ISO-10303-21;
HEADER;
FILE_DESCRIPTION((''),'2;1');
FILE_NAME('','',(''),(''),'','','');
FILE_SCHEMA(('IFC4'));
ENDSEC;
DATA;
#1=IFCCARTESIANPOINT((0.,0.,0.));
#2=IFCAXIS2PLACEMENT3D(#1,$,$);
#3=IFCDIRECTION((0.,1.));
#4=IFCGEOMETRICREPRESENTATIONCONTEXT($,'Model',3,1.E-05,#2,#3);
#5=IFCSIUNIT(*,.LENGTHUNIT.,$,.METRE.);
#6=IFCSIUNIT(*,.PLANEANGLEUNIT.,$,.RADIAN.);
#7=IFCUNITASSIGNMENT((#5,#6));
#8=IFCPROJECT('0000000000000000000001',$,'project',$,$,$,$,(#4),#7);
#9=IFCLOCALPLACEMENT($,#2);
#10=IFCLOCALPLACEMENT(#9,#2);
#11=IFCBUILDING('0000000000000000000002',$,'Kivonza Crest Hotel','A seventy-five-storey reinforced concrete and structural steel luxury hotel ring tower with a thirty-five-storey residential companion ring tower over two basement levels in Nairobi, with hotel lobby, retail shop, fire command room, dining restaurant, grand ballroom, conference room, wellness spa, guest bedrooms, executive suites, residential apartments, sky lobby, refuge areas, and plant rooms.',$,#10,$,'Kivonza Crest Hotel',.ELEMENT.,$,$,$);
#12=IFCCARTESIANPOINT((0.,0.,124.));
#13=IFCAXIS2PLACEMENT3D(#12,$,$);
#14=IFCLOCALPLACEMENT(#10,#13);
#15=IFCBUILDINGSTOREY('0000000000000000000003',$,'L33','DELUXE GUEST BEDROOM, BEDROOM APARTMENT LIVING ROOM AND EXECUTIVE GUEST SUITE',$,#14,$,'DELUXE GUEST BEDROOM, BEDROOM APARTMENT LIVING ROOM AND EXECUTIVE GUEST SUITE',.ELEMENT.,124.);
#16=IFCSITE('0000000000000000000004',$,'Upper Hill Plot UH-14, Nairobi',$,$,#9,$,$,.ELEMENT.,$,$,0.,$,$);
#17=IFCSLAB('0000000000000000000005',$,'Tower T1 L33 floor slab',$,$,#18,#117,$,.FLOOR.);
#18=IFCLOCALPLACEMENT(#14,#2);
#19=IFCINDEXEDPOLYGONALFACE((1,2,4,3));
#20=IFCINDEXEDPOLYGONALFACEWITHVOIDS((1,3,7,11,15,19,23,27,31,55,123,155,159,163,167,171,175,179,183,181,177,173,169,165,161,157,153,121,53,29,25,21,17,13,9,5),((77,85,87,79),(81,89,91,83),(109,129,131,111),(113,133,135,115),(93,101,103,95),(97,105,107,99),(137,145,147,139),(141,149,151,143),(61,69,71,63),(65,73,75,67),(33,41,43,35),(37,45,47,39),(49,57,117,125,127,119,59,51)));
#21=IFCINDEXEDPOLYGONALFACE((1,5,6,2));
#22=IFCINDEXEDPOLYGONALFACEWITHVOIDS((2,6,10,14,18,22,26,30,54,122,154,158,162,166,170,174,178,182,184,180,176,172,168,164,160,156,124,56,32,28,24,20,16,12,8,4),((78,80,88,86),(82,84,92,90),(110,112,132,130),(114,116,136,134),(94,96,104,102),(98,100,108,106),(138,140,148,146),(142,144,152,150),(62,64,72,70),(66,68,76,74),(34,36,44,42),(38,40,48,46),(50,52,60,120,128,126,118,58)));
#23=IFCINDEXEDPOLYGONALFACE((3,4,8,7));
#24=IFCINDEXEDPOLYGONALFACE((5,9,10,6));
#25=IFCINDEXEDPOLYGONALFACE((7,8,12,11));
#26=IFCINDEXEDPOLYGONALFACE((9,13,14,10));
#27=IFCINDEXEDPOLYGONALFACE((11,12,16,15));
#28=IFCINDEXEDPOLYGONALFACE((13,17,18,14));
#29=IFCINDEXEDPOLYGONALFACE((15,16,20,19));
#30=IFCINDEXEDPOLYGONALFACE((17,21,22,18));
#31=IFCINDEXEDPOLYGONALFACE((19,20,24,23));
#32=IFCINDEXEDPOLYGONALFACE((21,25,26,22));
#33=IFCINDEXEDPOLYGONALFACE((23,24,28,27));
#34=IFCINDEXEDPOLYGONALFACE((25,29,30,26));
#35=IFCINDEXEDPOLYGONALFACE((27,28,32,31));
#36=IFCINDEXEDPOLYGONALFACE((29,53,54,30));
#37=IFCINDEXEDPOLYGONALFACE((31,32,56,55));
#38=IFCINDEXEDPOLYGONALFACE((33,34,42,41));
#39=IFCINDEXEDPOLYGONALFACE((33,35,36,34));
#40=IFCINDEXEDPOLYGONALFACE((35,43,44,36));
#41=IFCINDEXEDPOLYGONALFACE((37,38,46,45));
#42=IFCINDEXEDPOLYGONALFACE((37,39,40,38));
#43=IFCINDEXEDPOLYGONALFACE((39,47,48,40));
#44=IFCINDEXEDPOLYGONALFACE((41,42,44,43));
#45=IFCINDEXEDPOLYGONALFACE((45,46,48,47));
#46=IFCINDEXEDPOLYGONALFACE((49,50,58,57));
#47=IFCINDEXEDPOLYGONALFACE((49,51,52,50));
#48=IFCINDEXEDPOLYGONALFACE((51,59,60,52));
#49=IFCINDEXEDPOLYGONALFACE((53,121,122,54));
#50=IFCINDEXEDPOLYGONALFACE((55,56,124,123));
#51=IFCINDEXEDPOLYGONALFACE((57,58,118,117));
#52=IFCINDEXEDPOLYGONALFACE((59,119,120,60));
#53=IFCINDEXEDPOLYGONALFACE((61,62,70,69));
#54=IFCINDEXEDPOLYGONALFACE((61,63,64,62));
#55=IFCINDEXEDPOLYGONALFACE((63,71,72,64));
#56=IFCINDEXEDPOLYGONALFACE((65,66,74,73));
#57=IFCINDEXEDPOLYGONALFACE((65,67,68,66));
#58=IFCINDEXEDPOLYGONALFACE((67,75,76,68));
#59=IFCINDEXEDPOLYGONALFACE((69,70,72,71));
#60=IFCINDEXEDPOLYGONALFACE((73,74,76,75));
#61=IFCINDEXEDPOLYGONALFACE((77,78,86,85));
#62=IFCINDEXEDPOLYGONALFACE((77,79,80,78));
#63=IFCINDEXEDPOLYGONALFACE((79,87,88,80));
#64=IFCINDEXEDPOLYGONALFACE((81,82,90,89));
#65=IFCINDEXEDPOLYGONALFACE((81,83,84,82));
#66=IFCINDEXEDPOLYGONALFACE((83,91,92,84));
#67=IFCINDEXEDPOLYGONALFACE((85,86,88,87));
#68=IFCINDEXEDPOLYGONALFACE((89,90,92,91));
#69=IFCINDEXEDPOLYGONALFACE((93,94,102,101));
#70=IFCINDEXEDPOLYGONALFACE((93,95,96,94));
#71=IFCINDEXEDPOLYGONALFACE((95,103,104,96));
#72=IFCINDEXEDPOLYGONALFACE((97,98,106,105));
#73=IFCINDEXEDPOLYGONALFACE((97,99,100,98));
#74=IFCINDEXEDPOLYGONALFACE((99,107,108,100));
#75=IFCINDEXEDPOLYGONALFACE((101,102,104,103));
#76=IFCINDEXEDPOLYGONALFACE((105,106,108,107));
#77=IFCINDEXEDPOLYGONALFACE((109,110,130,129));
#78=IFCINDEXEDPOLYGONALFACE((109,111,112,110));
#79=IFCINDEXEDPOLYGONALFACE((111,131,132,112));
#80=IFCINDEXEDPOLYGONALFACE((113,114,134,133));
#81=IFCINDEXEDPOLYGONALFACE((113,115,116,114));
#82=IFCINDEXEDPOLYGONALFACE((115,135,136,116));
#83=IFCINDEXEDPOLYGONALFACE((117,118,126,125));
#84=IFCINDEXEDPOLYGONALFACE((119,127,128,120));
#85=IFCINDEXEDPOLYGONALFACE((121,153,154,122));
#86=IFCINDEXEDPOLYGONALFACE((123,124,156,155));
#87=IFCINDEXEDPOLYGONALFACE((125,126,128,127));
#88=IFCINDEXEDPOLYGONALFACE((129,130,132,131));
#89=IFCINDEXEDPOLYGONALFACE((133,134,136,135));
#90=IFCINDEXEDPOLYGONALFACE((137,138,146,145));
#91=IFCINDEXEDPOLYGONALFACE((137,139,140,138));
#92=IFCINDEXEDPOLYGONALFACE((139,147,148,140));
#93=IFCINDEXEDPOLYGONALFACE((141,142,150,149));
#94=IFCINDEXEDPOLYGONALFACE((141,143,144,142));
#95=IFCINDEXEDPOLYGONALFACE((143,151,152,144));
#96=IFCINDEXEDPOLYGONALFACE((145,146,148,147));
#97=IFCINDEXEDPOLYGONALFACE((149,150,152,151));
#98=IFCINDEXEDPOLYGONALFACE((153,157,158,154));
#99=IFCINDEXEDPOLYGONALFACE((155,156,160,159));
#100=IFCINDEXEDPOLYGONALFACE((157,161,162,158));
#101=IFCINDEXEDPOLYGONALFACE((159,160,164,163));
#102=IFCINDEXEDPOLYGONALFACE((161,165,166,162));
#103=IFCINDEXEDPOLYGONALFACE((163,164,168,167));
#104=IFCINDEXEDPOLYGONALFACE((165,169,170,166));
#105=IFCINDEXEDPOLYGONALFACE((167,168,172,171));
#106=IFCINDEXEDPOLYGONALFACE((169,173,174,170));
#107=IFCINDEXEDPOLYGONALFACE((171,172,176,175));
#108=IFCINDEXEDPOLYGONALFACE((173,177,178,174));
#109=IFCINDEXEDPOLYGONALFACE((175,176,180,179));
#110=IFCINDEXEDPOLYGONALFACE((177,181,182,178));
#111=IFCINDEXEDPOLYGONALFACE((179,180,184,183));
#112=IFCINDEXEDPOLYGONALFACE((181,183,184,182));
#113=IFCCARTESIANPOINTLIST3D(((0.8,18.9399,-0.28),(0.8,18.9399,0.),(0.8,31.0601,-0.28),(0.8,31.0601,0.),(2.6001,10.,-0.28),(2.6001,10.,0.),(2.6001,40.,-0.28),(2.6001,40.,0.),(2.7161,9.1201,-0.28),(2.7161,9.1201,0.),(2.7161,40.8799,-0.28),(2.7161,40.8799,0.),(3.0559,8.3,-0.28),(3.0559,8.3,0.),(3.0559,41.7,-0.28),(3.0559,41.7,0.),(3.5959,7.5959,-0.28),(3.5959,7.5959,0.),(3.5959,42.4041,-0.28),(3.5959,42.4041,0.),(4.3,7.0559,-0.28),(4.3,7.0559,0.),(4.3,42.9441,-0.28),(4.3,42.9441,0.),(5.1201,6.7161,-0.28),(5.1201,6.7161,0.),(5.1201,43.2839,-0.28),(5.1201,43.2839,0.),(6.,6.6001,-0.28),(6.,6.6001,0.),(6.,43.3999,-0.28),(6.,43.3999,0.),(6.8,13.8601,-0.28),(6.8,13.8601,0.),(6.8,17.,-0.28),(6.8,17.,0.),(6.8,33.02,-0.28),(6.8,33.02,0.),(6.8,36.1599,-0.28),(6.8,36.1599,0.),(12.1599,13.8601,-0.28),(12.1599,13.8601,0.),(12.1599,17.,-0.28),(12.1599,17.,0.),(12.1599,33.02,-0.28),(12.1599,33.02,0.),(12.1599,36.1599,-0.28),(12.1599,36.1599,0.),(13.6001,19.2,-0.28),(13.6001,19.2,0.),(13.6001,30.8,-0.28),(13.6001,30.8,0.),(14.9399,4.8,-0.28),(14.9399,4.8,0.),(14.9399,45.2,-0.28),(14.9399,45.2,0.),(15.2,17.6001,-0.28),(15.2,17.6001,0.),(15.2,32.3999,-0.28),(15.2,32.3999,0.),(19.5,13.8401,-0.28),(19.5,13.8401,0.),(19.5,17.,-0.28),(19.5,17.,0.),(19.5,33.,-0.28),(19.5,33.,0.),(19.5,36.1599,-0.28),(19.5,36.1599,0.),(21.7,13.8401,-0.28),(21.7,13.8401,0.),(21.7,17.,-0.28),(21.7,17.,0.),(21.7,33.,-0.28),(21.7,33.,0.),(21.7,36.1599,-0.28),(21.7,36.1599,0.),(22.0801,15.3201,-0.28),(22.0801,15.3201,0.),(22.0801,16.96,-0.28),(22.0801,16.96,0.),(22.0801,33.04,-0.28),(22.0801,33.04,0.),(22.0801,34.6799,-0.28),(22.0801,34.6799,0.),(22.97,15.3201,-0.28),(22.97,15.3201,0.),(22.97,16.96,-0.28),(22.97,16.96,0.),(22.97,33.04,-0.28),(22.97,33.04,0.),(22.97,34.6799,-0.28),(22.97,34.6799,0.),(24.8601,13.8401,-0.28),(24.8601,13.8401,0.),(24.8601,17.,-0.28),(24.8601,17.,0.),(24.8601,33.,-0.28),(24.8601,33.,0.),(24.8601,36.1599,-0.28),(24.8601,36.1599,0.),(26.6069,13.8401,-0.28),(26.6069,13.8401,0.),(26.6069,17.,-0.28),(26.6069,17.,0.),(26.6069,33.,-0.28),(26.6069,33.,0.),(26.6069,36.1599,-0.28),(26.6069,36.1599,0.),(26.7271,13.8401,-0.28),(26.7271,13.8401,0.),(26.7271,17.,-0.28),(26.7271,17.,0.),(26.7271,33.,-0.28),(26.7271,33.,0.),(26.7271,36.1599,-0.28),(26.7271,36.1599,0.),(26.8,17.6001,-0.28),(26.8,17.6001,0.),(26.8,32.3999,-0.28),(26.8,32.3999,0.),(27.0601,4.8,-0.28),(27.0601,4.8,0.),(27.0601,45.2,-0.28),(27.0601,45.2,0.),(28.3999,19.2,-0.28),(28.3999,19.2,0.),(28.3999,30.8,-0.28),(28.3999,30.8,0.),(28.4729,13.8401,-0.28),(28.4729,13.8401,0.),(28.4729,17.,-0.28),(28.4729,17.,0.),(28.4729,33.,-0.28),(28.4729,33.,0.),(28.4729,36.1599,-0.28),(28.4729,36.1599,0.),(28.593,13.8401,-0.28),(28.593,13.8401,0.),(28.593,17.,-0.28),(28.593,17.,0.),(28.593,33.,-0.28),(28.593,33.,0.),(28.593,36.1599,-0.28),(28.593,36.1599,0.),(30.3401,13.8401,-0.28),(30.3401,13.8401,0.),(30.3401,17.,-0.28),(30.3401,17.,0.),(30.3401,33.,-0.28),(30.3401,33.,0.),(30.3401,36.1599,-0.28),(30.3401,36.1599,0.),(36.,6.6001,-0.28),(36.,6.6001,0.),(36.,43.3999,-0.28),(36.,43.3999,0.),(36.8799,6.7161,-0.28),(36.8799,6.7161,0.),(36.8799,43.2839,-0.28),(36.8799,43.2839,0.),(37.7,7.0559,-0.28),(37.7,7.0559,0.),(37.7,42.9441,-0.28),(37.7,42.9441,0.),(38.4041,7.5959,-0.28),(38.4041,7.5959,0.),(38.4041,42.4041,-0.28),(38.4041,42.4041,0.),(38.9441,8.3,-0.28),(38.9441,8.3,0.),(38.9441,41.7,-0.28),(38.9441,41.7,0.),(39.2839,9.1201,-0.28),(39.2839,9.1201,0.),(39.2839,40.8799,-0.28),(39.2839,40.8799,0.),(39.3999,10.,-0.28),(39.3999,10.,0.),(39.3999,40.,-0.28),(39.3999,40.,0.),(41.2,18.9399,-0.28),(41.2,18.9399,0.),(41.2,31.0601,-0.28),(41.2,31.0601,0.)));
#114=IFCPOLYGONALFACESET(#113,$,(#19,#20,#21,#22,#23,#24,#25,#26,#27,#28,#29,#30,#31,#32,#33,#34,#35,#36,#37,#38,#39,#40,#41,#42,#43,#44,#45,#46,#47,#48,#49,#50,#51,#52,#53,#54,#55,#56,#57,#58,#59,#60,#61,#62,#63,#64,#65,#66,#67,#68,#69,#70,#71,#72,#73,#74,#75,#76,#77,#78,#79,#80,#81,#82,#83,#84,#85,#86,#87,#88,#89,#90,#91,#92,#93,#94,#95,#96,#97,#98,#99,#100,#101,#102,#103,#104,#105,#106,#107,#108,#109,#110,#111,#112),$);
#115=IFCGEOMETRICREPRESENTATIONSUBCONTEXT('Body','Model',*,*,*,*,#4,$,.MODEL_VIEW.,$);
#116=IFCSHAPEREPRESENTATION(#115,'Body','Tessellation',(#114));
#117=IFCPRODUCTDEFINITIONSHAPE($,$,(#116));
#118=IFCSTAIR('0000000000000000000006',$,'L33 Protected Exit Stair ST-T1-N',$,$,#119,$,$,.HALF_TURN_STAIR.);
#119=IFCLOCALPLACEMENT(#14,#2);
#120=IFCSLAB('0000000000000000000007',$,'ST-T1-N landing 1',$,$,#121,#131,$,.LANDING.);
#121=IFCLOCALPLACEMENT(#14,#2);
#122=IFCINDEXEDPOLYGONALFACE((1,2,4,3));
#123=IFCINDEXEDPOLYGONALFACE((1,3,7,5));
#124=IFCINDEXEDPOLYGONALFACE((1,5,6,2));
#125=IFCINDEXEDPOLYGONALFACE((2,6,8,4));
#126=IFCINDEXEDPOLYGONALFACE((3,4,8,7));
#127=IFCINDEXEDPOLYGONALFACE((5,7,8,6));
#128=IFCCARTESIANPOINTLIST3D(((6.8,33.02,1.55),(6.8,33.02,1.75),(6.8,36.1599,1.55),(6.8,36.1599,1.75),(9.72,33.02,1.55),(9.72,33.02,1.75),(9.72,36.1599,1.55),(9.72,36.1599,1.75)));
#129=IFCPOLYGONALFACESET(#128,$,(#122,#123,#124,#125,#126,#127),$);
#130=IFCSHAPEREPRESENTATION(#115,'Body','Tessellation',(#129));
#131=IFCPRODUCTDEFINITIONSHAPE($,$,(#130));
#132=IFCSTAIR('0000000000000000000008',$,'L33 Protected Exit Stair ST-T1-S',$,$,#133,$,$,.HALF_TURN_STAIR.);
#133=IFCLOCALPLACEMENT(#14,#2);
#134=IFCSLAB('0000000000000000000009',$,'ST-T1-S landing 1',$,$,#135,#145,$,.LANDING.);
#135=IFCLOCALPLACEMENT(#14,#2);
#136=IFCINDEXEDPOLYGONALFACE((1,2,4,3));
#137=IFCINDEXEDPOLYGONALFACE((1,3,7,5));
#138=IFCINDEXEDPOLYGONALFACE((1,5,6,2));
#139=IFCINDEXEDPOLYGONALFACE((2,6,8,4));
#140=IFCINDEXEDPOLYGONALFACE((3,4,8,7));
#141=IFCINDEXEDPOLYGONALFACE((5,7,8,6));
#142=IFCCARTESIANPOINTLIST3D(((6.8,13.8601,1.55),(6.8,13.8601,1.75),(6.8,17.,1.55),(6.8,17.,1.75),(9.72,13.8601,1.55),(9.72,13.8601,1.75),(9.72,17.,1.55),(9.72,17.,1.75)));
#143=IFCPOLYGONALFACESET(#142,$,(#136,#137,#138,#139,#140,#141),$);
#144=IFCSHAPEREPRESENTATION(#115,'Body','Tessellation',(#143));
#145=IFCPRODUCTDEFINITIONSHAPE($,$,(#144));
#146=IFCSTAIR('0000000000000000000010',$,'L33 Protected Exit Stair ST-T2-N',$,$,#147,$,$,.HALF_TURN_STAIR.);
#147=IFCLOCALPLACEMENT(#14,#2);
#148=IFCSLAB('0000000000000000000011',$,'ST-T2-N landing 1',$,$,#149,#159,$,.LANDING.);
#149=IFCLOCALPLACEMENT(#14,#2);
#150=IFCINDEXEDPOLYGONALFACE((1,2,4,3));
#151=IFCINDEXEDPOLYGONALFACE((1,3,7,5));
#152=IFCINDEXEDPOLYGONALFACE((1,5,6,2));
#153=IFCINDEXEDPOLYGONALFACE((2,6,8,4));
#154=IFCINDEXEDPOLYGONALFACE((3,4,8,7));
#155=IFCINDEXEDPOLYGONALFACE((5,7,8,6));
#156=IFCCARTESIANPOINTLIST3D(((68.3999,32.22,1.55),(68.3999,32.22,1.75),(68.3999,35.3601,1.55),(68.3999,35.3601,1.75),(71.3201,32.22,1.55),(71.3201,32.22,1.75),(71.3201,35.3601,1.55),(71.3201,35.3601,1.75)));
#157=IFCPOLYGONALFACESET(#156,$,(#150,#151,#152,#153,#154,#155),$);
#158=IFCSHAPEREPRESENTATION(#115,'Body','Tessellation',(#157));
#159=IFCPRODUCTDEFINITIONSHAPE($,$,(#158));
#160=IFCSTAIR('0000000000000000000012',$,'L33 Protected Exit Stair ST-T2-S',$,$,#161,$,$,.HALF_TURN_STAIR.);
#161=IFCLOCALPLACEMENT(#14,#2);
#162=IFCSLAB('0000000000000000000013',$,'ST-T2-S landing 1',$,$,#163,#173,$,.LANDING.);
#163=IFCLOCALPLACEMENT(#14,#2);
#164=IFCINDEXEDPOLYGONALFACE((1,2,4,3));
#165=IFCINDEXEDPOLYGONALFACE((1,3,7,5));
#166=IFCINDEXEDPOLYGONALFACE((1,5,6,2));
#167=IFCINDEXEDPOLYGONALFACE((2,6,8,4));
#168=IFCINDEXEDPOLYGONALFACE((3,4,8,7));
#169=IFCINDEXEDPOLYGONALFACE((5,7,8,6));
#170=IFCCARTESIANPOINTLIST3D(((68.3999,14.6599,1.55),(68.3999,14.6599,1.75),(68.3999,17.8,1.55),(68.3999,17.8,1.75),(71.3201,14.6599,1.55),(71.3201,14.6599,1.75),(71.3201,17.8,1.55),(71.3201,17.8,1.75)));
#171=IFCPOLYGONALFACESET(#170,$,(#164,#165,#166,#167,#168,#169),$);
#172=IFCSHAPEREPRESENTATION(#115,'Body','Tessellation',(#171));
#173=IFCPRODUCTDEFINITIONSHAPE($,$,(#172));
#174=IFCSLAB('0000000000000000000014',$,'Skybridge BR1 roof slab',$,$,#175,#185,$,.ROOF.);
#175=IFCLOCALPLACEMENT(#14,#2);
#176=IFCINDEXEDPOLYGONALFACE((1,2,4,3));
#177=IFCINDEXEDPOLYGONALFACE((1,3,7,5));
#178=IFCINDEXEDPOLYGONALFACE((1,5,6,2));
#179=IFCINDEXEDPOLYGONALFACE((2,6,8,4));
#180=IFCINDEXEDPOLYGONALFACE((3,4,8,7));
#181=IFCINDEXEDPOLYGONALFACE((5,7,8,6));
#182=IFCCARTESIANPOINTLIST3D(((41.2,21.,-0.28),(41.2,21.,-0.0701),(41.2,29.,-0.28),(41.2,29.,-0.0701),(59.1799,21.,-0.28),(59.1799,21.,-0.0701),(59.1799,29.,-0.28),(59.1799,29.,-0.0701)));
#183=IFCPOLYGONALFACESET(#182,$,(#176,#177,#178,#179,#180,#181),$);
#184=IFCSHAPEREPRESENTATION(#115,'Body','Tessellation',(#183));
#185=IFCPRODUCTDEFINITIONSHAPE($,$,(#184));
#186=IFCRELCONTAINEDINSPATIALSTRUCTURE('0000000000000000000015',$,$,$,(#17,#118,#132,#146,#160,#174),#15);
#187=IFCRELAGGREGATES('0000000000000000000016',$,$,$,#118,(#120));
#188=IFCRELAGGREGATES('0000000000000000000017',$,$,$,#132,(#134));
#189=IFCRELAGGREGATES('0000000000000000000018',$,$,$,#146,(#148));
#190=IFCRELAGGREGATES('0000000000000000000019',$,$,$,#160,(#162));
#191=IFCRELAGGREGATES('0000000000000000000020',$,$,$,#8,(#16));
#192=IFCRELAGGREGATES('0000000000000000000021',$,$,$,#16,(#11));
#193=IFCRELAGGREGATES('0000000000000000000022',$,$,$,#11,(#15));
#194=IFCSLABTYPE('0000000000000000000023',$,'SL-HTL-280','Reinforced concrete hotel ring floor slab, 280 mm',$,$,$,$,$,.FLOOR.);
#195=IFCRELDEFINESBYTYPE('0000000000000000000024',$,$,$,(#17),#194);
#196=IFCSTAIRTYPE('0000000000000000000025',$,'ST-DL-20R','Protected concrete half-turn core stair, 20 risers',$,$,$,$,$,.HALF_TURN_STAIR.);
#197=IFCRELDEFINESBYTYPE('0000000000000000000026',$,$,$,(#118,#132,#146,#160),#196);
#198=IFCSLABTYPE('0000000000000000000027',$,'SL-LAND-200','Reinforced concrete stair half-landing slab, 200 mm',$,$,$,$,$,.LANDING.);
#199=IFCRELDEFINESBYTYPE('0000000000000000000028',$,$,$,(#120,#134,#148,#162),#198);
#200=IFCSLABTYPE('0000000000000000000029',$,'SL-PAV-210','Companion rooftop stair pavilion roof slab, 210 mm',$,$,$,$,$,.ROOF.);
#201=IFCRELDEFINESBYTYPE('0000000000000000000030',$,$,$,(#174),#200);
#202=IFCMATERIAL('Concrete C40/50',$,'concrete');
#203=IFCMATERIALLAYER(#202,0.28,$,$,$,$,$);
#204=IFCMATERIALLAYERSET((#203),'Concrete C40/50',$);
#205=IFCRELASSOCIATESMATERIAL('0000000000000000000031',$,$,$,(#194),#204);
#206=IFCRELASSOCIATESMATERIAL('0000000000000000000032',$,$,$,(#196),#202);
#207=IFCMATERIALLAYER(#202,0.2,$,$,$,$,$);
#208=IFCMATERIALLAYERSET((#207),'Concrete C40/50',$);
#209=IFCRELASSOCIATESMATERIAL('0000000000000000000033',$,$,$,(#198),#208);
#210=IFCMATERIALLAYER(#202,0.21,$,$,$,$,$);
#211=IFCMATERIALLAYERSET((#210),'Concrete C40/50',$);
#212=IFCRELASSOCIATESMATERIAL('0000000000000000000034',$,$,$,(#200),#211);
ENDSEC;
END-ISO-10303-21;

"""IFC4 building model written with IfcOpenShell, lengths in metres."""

from ifc_helpers import new_model, si_unit, direction, frame, origin, place, context, subcontext, project, spatial, polyline, outline, extrude, material, layer, layer_set, type_object, element, aggregate, save


model = new_model("IFC4")

# Units and contexts
model_context = context("Model", 3, precision=1e-05, world=origin(), true_north=direction((0.0, 1.0)))
body_context = subcontext(model_context, "Body", "Model", "MODEL_VIEW")
ifc_project = project(units=[si_unit("LENGTHUNIT", "METRE"), si_unit("PLANEANGLEUNIT", "RADIAN")], contexts=[model_context])

# Site, building, storey
site_placement = place(None, origin())
site = spatial("IfcSite", under=ifc_project, at=site_placement, Name="Upper Hill Plot UH-14, Nairobi", CompositionType="ELEMENT", RefElevation=0.0)
building_placement = place(site_placement, origin())
building = spatial("IfcBuilding", under=site, at=building_placement, Name="Kivonza Crest Hotel", Description="A seventy-five-storey reinforced concrete and structural steel luxury hotel ring tower with a thirty-five-storey residential companion ring tower over two basement levels in Nairobi, with hotel lobby, retail shop, fire command room, dining restaurant, grand ballroom, conference room, wellness spa, guest bedrooms, executive suites, residential apartments, sky lobby, refuge areas, and plant rooms.", LongName="Kivonza Crest Hotel", CompositionType="ELEMENT")
storey_placement = place(building_placement, frame((0.0, 0.0, 124.0)))
storey = spatial("IfcBuildingStorey", under=building, at=storey_placement, Name="L33", Description="DELUXE GUEST BEDROOM, BEDROOM APARTMENT LIVING ROOM AND EXECUTIVE GUEST SUITE", LongName="DELUXE GUEST BEDROOM, BEDROOM APARTMENT LIVING ROOM AND EXECUTIVE GUEST SUITE", CompositionType="ELEMENT", Elevation=124.0)

# Slab
ifc_material_1 = material(Name="Concrete C40/50", Category="concrete")
ifc_layer_1 = layer(ifc_material_1, 0.28)
ifc_layer_set_1 = layer_set([ifc_layer_1], Name="Concrete C40/50")
slab_type_1 = type_object("IfcSlabType", Name="SL-HTL-280", Description="Reinforced concrete hotel ring floor slab, 280 mm", PredefinedType="FLOOR", material=ifc_layer_set_1)
slab_1_placement = place(storey_placement, frame((0.0, 0.0, -0.28)))
element("IfcSlab", 1, at=slab_1_placement, inside=storey, type_object=slab_type_1, Name="Tower T1 L33 floor slab", PredefinedType="FLOOR", context=body_context, shape_type="SweptSolid", body=[
    extrude(outline(polyline([(2.6001, 10.0), (2.7161, 9.1201), (3.0559, 8.3), (3.5959, 7.5959), (4.3, 7.0559), (5.1201, 6.7161), (6.0, 6.6001), (14.9399, 4.8), (27.0601, 4.8), (36.0, 6.6001), (36.8799, 6.7161), (37.7, 7.0559), (38.4041, 7.5959), (38.9441, 8.3), (39.2839, 9.1201), (39.3999, 10.0), (41.2, 18.9399), (41.2, 31.0601), (39.3999, 40.0), (39.2839, 40.8799), (38.9441, 41.7), (38.4041, 42.4041), (37.7, 42.9441), (36.8799, 43.2839), (36.0, 43.3999), (27.0601, 45.2), (14.9399, 45.2), (6.0, 43.3999), (5.1201, 43.2839), (4.3, 42.9441), (3.5959, 42.4041), (3.0559, 41.7), (2.7161, 40.8799), (2.6001, 40.0), (0.8, 31.0601), (0.8, 18.9399), (2.6001, 10.0)]), holes=[polyline([(15.2, 17.6001), (26.8, 17.6001), (28.3999, 19.2), (28.3999, 30.8), (26.8, 32.3999), (15.2, 32.3999), (13.6001, 30.8), (13.6001, 19.2), (15.2, 17.6001)]), polyline([(6.8, 33.02), (12.1599, 33.02), (12.1599, 36.1599), (6.8, 36.1599), (6.8, 33.02)]), polyline([(6.8, 13.8601), (12.1599, 13.8601), (12.1599, 17.0), (6.8, 17.0), (6.8, 13.8601)]), polyline([(22.0801, 33.04), (22.97, 33.04), (22.97, 34.6799), (22.0801, 34.6799), (22.0801, 33.04)]), polyline([(22.0801, 15.3201), (22.97, 15.3201), (22.97, 16.96), (22.0801, 16.96), (22.0801, 15.3201)]), polyline([(19.5, 33.0), (21.7, 33.0), (21.7, 36.1599), (19.5, 36.1599), (19.5, 33.0)]), polyline([(24.8601, 33.0), (26.6069, 33.0), (26.6069, 36.1599), (24.8601, 36.1599), (24.8601, 33.0)]), polyline([(26.7271, 33.0), (28.4729, 33.0), (28.4729, 36.1599), (26.7271, 36.1599), (26.7271, 33.0)]), polyline([(28.593, 33.0), (30.3401, 33.0), (30.3401, 36.1599), (28.593, 36.1599), (28.593, 33.0)]), polyline([(19.5, 13.8401), (21.7, 13.8401), (21.7, 17.0), (19.5, 17.0), (19.5, 13.8401)]), polyline([(24.8601, 13.8401), (26.6069, 13.8401), (26.6069, 17.0), (24.8601, 17.0), (24.8601, 13.8401)]), polyline([(26.7271, 13.8401), (28.4729, 13.8401), (28.4729, 17.0), (26.7271, 17.0), (26.7271, 13.8401)]), polyline([(28.593, 13.8401), (30.3401, 13.8401), (30.3401, 17.0), (28.593, 17.0), (28.593, 13.8401)])]), origin(), (0.0, 0.0, 1.0), 0.28),
])

# Stairs, slabs
stair_type = type_object("IfcStairType", Name="ST-DL-20R", Description="Protected concrete half-turn core stair, 20 risers", PredefinedType="HALF_TURN_STAIR", material=ifc_material_1)
stair_1_placement = place(storey_placement, origin())
stair_1 = element("IfcStair", 2, at=stair_1_placement, inside=storey, type_object=stair_type, Name="L33 Protected Exit Stair ST-T1-N", PredefinedType="HALF_TURN_STAIR")
ifc_layer_2 = layer(ifc_material_1, 0.2)
ifc_layer_set_2 = layer_set([ifc_layer_2], Name="Concrete C40/50")
slab_type_2 = type_object("IfcSlabType", Name="SL-LAND-200", Description="Reinforced concrete stair half-landing slab, 200 mm", PredefinedType="LANDING", material=ifc_layer_set_2)
slab_2_placement = place(storey_placement, frame((0.0, 0.0, 1.55)))
slab_2 = element("IfcSlab", 3, at=slab_2_placement, type_object=slab_type_2, Name="ST-T1-N landing 1", PredefinedType="LANDING", context=body_context, shape_type="SweptSolid", body=[
    extrude(outline(polyline([(9.72, 36.1599), (6.8, 36.1599), (6.8, 33.02), (9.72, 33.02), (9.72, 36.1599)])), origin(), (0.0, 0.0, 1.0), 0.2),
])
aggregate(stair_1, [slab_2])
stair_2_placement = place(storey_placement, origin())
stair_2 = element("IfcStair", 4, at=stair_2_placement, inside=storey, type_object=stair_type, Name="L33 Protected Exit Stair ST-T1-S", PredefinedType="HALF_TURN_STAIR")
slab_3_placement = place(storey_placement, frame((0.0, 0.0, 1.55)))
slab_3 = element("IfcSlab", 5, at=slab_3_placement, type_object=slab_type_2, Name="ST-T1-S landing 1", PredefinedType="LANDING", context=body_context, shape_type="SweptSolid", body=[
    extrude(outline(polyline([(9.72, 17.0), (6.8, 17.0), (6.8, 13.8601), (9.72, 13.8601), (9.72, 17.0)])), origin(), (0.0, 0.0, 1.0), 0.2),
])
aggregate(stair_2, [slab_3])
stair_3_placement = place(storey_placement, origin())
stair_3 = element("IfcStair", 6, at=stair_3_placement, inside=storey, type_object=stair_type, Name="L33 Protected Exit Stair ST-T2-N", PredefinedType="HALF_TURN_STAIR")
slab_4_placement = place(storey_placement, frame((0.0, 0.0, 1.55)))
slab_4 = element("IfcSlab", 7, at=slab_4_placement, type_object=slab_type_2, Name="ST-T2-N landing 1", PredefinedType="LANDING", context=body_context, shape_type="SweptSolid", body=[
    extrude(outline(polyline([(71.3201, 35.3601), (68.3999, 35.3601), (68.3999, 32.22), (71.3201, 32.22), (71.3201, 35.3601)])), origin(), (0.0, 0.0, 1.0), 0.2),
])
aggregate(stair_3, [slab_4])
stair_4_placement = place(storey_placement, origin())
stair_4 = element("IfcStair", 8, at=stair_4_placement, inside=storey, type_object=stair_type, Name="L33 Protected Exit Stair ST-T2-S", PredefinedType="HALF_TURN_STAIR")
slab_5_placement = place(storey_placement, frame((0.0, 0.0, 1.55)))
slab_5 = element("IfcSlab", 9, at=slab_5_placement, type_object=slab_type_2, Name="ST-T2-S landing 1", PredefinedType="LANDING", context=body_context, shape_type="SweptSolid", body=[
    extrude(outline(polyline([(71.3201, 17.8), (68.3999, 17.8), (68.3999, 14.6599), (71.3201, 14.6599), (71.3201, 17.8)])), origin(), (0.0, 0.0, 1.0), 0.2),
])
aggregate(stair_4, [slab_5])

# Slab
ifc_layer_3 = layer(ifc_material_1, 0.21)
ifc_layer_set_3 = layer_set([ifc_layer_3], Name="Concrete C40/50")
slab_type_3 = type_object("IfcSlabType", Name="SL-PAV-210", Description="Companion rooftop stair pavilion roof slab, 210 mm", PredefinedType="ROOF", material=ifc_layer_set_3)
slab_6_placement = place(storey_placement, frame((0.0, 0.0, -0.28)))
element("IfcSlab", 10, at=slab_6_placement, inside=storey, type_object=slab_type_3, Name="Skybridge BR1 roof slab", PredefinedType="ROOF", context=body_context, shape_type="SweptSolid", body=[
    extrude(outline(polyline([(41.2, 21.0), (59.1799, 21.0), (59.1799, 29.0), (41.2, 29.0), (41.2, 21.0)])), origin(), (0.0, 0.0, 1.0), 0.21),
])

save(model, "model.ifc")
